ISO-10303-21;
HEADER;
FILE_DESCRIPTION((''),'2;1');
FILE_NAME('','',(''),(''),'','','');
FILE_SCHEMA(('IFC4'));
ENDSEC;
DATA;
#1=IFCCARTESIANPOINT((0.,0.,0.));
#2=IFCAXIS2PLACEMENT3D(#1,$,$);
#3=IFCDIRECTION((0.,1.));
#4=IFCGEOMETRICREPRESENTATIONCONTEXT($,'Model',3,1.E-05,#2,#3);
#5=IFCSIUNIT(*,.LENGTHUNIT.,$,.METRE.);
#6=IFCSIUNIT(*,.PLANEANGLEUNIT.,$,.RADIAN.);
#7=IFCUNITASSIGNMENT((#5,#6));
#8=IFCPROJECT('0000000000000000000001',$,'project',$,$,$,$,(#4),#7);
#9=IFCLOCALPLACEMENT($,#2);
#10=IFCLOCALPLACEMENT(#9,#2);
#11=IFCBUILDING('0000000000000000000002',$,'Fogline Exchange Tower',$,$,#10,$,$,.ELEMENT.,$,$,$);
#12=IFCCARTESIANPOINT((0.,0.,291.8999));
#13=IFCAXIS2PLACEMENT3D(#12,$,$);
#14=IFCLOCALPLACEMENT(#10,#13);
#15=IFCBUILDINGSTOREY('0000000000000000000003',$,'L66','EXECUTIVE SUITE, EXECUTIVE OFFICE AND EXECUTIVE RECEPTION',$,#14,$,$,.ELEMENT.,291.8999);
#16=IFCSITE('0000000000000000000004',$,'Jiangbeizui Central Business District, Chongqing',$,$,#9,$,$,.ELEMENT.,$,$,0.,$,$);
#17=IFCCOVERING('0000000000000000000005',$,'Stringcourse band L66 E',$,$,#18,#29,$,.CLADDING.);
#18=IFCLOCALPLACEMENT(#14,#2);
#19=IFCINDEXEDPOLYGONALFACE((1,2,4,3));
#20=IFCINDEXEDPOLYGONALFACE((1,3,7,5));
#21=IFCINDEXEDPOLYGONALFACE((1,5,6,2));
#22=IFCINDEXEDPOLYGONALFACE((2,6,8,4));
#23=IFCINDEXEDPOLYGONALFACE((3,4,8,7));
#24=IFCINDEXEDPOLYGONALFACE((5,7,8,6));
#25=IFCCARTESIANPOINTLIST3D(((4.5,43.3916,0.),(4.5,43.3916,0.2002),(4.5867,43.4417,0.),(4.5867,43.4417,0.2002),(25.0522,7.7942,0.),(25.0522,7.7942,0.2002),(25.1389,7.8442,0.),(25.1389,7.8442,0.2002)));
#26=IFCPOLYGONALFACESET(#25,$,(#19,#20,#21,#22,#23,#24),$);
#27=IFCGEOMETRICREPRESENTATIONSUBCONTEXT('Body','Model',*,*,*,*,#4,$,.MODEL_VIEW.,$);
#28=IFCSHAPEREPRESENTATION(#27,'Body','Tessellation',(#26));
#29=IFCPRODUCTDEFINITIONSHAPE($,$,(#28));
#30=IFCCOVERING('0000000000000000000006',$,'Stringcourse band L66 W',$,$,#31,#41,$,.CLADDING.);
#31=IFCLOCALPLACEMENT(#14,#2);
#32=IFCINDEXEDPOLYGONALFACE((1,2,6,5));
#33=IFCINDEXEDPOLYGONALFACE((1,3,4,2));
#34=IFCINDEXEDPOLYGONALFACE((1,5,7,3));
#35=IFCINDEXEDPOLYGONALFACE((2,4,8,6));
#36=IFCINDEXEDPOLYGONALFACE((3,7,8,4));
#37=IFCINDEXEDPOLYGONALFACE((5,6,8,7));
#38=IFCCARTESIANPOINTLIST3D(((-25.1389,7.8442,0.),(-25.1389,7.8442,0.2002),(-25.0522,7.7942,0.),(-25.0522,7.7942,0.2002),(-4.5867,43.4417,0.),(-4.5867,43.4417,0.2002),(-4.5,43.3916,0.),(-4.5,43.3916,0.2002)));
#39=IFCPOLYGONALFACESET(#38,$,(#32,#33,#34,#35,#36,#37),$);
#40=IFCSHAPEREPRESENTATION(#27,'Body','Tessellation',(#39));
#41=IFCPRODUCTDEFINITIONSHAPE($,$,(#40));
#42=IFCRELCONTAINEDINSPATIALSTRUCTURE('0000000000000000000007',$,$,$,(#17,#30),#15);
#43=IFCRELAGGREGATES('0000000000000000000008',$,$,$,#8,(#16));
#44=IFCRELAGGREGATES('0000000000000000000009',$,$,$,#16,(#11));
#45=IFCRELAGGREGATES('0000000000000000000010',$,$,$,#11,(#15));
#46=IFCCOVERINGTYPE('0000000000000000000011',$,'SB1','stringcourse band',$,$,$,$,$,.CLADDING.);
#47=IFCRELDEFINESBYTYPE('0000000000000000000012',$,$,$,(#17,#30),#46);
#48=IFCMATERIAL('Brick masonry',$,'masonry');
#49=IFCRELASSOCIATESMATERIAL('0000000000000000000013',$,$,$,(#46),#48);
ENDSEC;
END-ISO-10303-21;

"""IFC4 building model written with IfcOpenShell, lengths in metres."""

from ifc_helpers import new_model, si_unit, direction, frame, origin, place, context, subcontext, project, spatial, polyline, outline, extrude, material, type_object, element, save


model = new_model("IFC4")

# Units and contexts
model_context = context("Model", 3, precision=1e-05, world=origin(), true_north=direction((0.0, 1.0)))
body_context = subcontext(model_context, "Body", "Model", "MODEL_VIEW")
ifc_project = project(units=[si_unit("LENGTHUNIT", "METRE"), si_unit("PLANEANGLEUNIT", "RADIAN")], contexts=[model_context])

# Site, building, storey
site_placement = place(None, origin())
site = spatial("IfcSite", under=ifc_project, at=site_placement, Name="Jiangbeizui Central Business District, Chongqing", CompositionType="ELEMENT", RefElevation=0.0)
building_placement = place(site_placement, origin())
building = spatial("IfcBuilding", under=site, at=building_placement, Name="Fogline Exchange Tower", CompositionType="ELEMENT")
storey_placement = place(building_placement, frame((0.0, 0.0, 291.8999)))
storey = spatial("IfcBuildingStorey", under=building, at=storey_placement, Name="L66", Description="EXECUTIVE SUITE, EXECUTIVE OFFICE AND EXECUTIVE RECEPTION", CompositionType="ELEMENT", Elevation=291.8999)

# Shared definitions
ifc_material_1 = material(Name="Brick masonry", Category="masonry")

# Coverings
covering_type = type_object("IfcCoveringType", Name="SB1", Description="stringcourse band", PredefinedType="CLADDING", material=ifc_material_1)
covering_1_placement = place(storey_placement, origin())
element("IfcCovering", 1, at=covering_1_placement, inside=storey, type_object=covering_type, Name="Stringcourse band L66 E", PredefinedType="CLADDING", context=body_context, shape_type="SweptSolid", body=[
    extrude(outline(polyline([(25.0522, 7.7942), (25.1389, 7.8442), (4.5867, 43.4417), (4.5, 43.3916), (25.0522, 7.7942)])), origin(), (0.0, 0.0, 1.0), 0.2002),
])
covering_2_placement = place(storey_placement, origin())
element("IfcCovering", 2, at=covering_2_placement, inside=storey, type_object=covering_type, Name="Stringcourse band L66 W", PredefinedType="CLADDING", context=body_context, shape_type="SweptSolid", body=[
    extrude(outline(polyline([(-4.5, 43.3916), (-4.5867, 43.4417), (-25.1389, 7.8442), (-25.0522, 7.7942), (-4.5, 43.3916)])), origin(), (0.0, 0.0, 1.0), 0.2002),
])

save(model, "model.ifc")
